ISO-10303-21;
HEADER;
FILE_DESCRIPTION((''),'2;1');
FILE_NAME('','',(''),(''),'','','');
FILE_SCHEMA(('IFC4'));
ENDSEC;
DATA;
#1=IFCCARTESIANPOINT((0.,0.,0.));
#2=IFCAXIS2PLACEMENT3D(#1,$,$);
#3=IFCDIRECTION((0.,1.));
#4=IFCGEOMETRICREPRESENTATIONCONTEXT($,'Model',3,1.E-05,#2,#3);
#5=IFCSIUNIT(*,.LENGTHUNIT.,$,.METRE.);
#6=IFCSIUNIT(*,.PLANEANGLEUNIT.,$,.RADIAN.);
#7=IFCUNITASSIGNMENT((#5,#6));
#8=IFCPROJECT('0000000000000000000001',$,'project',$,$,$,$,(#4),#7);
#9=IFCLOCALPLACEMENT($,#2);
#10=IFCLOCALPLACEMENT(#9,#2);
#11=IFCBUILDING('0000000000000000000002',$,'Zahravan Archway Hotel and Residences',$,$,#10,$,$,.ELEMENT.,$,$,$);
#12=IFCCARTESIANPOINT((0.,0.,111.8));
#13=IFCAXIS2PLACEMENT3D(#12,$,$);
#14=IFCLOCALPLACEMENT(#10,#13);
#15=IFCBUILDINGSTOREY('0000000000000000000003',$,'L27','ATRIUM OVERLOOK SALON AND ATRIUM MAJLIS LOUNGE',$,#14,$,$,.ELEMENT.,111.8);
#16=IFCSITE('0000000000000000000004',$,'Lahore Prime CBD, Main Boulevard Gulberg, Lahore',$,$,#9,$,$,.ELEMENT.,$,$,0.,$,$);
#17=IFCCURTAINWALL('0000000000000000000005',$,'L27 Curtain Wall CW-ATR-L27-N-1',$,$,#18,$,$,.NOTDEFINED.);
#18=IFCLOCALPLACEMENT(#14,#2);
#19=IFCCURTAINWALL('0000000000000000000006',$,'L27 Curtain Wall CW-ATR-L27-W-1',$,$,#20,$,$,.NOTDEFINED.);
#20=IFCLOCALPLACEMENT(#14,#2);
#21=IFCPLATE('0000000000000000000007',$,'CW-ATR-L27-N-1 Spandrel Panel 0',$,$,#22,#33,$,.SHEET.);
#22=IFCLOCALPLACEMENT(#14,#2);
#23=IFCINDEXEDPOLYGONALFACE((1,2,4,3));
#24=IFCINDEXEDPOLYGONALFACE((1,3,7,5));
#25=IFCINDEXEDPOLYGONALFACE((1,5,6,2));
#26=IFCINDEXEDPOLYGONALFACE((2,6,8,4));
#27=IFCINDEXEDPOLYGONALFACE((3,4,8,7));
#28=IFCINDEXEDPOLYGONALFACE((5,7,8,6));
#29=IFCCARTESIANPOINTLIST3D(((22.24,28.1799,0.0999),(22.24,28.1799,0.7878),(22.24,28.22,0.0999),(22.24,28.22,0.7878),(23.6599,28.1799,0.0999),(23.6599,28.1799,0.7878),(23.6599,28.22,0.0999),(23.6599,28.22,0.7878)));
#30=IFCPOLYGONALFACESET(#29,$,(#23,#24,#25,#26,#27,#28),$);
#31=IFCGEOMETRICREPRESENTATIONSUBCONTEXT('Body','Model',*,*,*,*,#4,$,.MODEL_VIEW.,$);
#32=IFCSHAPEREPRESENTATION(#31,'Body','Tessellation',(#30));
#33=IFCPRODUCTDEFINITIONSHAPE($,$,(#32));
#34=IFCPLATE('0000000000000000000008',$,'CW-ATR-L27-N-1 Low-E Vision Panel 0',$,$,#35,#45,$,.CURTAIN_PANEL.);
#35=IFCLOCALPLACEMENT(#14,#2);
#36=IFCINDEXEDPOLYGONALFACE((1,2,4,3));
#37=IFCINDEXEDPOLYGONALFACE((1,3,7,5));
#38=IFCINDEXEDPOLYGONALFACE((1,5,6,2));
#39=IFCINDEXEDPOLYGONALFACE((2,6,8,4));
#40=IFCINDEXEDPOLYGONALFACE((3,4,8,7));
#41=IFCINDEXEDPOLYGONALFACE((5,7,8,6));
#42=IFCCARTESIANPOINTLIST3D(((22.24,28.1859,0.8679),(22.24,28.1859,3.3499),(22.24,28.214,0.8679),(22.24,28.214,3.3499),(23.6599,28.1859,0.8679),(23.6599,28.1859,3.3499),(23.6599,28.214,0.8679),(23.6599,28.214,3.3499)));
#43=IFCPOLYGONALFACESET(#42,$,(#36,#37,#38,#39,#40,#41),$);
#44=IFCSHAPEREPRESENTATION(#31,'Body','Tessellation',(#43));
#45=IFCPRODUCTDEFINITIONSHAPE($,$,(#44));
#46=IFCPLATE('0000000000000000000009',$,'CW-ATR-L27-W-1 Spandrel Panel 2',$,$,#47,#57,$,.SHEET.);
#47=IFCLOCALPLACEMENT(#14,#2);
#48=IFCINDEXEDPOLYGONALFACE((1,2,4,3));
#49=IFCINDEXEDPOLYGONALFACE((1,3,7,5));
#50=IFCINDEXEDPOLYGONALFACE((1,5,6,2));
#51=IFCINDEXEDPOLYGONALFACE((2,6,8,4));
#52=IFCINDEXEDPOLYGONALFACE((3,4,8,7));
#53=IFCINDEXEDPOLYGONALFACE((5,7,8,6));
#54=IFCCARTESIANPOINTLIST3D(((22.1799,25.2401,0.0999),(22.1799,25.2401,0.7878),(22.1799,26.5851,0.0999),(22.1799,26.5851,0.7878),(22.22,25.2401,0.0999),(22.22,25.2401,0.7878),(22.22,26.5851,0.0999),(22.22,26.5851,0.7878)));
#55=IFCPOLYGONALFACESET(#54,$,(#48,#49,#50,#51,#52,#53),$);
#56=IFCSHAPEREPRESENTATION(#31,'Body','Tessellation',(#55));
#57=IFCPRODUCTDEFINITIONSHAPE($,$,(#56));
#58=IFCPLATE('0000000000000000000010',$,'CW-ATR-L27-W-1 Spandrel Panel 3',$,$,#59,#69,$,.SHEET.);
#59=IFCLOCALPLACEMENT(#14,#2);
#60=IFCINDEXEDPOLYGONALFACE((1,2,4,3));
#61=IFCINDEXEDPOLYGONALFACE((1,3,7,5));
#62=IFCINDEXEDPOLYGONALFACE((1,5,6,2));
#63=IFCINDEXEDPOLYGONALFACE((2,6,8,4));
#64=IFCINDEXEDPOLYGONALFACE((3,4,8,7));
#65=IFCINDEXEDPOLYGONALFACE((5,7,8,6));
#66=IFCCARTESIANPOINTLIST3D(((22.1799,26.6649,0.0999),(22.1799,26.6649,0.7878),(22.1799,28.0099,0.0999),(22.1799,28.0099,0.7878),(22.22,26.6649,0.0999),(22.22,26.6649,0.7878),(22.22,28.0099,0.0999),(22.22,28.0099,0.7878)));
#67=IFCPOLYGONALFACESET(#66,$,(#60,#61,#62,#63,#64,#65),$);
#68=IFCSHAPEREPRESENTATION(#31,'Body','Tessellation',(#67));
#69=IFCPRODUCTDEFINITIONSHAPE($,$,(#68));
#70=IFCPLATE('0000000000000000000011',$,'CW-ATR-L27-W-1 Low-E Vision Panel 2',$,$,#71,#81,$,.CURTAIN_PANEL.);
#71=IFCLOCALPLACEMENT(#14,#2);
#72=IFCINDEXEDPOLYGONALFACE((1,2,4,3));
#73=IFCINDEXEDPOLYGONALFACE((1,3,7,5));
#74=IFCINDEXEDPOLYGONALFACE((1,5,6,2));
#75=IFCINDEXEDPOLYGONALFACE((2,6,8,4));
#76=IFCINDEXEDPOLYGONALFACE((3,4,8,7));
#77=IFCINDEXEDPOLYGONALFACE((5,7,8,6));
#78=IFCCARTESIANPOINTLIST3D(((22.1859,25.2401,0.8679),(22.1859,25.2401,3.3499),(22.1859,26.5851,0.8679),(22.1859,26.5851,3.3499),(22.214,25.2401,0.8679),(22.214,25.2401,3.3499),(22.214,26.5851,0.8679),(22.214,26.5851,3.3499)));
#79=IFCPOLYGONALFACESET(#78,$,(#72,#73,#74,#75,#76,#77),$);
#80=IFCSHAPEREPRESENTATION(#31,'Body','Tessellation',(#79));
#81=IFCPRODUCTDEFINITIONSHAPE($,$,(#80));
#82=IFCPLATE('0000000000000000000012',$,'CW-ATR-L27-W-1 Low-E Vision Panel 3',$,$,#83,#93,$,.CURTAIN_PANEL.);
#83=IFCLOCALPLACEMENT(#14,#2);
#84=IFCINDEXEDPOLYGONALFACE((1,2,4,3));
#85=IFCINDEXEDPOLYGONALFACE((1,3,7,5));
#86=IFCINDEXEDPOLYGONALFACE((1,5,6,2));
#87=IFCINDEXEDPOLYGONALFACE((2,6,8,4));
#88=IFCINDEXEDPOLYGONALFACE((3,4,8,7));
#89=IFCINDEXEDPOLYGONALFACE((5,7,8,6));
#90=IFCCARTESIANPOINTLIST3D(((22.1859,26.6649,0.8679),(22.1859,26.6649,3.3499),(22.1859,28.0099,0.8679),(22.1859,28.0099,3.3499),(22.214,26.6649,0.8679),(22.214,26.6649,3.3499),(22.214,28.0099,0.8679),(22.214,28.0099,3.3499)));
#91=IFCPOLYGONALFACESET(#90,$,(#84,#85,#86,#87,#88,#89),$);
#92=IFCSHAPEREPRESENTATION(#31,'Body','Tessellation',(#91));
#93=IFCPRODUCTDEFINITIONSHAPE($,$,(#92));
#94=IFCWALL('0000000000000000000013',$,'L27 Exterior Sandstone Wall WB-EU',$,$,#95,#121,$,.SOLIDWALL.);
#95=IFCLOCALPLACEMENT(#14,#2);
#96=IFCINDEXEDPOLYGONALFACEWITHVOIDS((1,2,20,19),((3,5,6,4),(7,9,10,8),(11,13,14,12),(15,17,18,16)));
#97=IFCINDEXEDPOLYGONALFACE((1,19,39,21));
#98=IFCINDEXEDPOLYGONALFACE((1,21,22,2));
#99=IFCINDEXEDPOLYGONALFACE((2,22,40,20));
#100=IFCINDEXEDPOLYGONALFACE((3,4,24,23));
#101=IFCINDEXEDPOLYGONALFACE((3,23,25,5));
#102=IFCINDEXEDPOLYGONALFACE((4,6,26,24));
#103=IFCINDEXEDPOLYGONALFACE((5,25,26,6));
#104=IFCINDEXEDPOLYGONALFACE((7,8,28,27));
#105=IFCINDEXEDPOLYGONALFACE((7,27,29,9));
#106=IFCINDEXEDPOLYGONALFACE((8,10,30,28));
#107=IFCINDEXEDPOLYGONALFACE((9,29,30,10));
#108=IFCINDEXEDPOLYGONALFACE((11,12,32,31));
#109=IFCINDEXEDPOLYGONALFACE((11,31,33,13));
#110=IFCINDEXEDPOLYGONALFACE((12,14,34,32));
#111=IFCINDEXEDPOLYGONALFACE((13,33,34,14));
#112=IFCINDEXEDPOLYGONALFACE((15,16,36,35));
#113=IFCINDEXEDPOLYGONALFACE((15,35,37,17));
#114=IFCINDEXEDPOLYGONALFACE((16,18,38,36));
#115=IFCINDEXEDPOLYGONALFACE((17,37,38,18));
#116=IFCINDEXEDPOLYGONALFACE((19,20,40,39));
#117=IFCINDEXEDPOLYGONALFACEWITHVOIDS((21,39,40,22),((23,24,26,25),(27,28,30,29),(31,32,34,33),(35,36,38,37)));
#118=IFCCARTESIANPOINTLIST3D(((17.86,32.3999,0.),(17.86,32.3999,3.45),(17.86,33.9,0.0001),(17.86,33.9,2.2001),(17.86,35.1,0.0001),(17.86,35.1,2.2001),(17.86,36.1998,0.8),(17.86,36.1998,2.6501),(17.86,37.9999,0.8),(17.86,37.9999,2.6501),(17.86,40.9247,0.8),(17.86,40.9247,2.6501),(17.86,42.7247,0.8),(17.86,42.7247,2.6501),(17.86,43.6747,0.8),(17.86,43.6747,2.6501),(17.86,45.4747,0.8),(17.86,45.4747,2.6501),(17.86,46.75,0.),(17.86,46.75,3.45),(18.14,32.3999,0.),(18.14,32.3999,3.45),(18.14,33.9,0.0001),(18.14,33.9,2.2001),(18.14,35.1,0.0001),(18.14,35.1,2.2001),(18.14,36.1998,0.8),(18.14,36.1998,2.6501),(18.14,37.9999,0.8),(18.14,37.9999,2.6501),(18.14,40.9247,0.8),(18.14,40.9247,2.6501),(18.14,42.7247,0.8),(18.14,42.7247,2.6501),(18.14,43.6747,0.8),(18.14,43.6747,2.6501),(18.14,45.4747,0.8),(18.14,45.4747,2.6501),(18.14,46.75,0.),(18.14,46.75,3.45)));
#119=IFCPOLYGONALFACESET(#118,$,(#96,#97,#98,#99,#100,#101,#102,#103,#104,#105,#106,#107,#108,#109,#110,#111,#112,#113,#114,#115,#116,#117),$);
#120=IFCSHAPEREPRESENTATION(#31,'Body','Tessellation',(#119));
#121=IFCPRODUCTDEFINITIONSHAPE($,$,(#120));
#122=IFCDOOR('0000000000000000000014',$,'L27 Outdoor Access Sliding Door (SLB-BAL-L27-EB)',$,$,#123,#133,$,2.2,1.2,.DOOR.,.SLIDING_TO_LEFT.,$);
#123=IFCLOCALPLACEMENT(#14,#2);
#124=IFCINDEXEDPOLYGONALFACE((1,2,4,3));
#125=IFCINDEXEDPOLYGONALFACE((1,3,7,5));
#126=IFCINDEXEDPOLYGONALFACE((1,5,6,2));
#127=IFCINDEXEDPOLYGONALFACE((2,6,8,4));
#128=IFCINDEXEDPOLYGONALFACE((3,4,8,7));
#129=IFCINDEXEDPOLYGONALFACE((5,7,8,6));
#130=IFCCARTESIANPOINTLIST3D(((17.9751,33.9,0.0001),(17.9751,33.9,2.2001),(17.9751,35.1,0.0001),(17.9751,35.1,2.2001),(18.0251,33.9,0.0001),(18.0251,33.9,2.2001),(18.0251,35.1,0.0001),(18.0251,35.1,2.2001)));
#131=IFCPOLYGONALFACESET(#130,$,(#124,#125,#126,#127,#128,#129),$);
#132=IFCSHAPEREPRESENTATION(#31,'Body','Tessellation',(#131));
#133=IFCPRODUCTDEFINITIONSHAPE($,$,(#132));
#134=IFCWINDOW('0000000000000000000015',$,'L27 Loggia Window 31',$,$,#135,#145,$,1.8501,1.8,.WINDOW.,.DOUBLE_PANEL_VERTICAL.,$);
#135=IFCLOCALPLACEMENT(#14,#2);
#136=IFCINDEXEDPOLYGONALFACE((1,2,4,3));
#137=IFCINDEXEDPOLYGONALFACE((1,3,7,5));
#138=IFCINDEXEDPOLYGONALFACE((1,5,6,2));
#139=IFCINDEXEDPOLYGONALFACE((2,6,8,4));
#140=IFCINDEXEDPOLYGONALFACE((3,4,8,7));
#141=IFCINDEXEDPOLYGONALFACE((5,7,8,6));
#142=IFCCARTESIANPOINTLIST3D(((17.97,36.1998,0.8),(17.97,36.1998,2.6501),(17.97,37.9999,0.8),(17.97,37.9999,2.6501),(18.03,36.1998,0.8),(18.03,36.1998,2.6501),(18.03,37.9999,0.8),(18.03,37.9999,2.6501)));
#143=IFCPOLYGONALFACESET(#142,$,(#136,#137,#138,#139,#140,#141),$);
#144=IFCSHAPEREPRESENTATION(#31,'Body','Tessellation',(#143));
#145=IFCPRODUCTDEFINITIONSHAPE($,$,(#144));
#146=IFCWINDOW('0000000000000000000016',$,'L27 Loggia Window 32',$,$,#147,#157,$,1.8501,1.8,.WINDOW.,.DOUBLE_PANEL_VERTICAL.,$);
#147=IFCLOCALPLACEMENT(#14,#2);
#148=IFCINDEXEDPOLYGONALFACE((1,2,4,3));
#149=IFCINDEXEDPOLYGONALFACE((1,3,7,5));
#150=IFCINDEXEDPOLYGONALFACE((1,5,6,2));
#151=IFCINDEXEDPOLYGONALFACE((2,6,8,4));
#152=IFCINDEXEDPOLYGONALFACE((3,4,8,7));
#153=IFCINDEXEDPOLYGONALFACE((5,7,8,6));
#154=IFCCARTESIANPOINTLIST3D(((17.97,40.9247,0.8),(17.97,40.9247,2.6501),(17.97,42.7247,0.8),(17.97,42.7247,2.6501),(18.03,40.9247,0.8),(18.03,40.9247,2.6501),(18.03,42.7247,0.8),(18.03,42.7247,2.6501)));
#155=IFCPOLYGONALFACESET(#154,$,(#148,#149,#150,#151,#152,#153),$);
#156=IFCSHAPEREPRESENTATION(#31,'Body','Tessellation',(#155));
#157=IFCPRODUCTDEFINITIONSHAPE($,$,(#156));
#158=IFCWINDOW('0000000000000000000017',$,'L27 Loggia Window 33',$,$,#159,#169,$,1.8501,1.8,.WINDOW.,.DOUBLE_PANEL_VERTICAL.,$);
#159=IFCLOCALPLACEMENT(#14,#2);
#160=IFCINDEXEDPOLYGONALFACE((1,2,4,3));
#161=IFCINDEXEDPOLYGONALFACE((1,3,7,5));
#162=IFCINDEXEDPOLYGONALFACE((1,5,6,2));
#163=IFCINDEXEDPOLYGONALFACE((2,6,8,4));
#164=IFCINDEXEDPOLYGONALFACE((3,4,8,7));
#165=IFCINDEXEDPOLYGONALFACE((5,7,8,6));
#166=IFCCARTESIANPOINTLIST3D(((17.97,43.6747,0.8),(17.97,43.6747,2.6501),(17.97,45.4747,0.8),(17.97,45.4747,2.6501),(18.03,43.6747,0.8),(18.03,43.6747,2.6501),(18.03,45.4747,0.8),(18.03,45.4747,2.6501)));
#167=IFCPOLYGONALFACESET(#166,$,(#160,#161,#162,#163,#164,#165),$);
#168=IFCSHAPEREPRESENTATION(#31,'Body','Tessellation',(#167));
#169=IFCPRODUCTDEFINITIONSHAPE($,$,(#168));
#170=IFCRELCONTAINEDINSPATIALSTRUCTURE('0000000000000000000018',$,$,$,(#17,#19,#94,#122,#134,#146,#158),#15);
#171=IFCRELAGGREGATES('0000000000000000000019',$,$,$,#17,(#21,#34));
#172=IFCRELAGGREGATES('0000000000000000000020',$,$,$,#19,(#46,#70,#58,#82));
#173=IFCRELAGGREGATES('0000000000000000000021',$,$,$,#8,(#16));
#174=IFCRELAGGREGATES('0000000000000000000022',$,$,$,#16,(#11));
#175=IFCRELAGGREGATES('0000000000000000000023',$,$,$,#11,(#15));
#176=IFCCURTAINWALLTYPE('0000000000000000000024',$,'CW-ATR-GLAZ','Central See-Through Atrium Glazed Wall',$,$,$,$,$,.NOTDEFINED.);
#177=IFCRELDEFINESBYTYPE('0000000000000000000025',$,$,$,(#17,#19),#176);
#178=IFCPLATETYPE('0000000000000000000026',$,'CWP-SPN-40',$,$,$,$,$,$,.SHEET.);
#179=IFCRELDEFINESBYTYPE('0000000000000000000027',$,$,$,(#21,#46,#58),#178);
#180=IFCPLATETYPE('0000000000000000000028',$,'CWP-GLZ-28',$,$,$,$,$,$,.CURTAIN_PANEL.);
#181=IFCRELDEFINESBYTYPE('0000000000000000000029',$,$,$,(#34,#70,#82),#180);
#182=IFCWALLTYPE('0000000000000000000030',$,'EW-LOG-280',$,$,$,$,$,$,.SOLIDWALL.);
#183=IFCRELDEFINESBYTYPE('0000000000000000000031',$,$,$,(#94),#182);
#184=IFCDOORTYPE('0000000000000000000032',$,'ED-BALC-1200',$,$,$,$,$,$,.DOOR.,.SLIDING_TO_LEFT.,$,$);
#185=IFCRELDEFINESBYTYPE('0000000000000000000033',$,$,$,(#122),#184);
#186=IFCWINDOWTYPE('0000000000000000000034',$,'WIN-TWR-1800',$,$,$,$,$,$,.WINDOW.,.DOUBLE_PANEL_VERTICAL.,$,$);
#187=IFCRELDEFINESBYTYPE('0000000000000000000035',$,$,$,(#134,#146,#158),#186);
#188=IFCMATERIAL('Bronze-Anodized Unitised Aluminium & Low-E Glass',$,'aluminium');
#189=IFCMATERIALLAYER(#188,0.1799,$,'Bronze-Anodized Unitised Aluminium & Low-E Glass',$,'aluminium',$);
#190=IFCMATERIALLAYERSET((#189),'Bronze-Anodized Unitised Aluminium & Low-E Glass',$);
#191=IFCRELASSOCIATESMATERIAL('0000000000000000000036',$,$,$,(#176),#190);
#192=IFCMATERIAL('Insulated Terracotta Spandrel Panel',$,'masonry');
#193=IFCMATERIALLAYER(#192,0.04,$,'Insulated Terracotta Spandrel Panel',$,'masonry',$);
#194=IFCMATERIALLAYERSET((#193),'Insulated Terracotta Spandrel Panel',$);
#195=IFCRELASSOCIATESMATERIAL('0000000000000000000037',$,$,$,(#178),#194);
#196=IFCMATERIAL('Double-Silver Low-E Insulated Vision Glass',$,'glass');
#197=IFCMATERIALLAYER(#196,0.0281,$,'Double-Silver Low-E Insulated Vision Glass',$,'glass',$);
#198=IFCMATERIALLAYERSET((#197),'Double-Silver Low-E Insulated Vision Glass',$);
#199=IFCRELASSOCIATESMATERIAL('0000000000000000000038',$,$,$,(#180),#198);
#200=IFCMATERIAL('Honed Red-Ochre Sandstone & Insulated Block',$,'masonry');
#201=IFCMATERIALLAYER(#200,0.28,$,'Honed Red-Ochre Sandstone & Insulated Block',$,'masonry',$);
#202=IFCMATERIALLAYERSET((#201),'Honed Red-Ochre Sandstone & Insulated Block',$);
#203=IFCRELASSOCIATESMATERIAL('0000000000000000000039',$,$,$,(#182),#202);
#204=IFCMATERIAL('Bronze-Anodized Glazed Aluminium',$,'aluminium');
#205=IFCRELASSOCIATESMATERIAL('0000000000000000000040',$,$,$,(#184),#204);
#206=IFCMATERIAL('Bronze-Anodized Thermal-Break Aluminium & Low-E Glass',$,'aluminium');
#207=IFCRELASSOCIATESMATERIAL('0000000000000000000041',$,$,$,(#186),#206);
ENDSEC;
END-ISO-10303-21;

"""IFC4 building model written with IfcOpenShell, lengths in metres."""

from ifc_helpers import new_model, si_unit, direction, frame, frame_2d, origin, origin_2d, place, context, subcontext, project, spatial, rectangle, extrude, source, transform, mapped, material, layer, layer_set, type_object, type_shapes, element, fill, aggregate, save


model = new_model("IFC4")

# Units and contexts
model_context = context("Model", 3, precision=1e-05, world=origin(), true_north=direction((0.0, 1.0)))
body_context = subcontext(model_context, "Body", "Model", "MODEL_VIEW")
ifc_project = project(units=[si_unit("LENGTHUNIT", "METRE"), si_unit("PLANEANGLEUNIT", "RADIAN")], contexts=[model_context])

# Site, building, storey
site_placement = place(None, origin())
site = spatial("IfcSite", under=ifc_project, at=site_placement, Name="Lahore Prime CBD, Main Boulevard Gulberg, Lahore", CompositionType="ELEMENT", RefElevation=0.0)
building_placement = place(site_placement, origin())
building = spatial("IfcBuilding", under=site, at=building_placement, Name="Zahravan Archway Hotel and Residences", CompositionType="ELEMENT")
storey_placement = place(building_placement, frame((0.0, 0.0, 111.8)))
storey = spatial("IfcBuildingStorey", under=building, at=storey_placement, Name="L27", Description="ATRIUM OVERLOOK SALON AND ATRIUM MAJLIS LOUNGE", CompositionType="ELEMENT", Elevation=111.8)

# Curtain walls
ifc_material_1 = material(Name="Bronze-Anodized Unitised Aluminium & Low-E Glass", Category="aluminium")
ifc_layer_1 = layer(ifc_material_1, 0.1799, Name="Bronze-Anodized Unitised Aluminium & Low-E Glass", Category="aluminium")
ifc_layer_set_1 = layer_set([ifc_layer_1], Name="Bronze-Anodized Unitised Aluminium & Low-E Glass")
curtain_wall_type = type_object("IfcCurtainWallType", Name="CW-ATR-GLAZ", Description="Central See-Through Atrium Glazed Wall", PredefinedType="NOTDEFINED", material=ifc_layer_set_1)
curtain_wall_1_placement = place(storey_placement, origin())
curtain_wall_1 = element("IfcCurtainWall", 1, at=curtain_wall_1_placement, inside=storey, type_object=curtain_wall_type, Name="L27 Curtain Wall CW-ATR-L27-N-1", PredefinedType="NOTDEFINED")
curtain_wall_2_placement = place(storey_placement, origin())
curtain_wall_2 = element("IfcCurtainWall", 2, at=curtain_wall_2_placement, inside=storey, type_object=curtain_wall_type, Name="L27 Curtain Wall CW-ATR-L27-W-1", PredefinedType="NOTDEFINED")

# Plates
ifc_material_2 = material(Name="Insulated Terracotta Spandrel Panel", Category="masonry")
ifc_layer_2 = layer(ifc_material_2, 0.04, Name="Insulated Terracotta Spandrel Panel", Category="masonry")
ifc_layer_set_2 = layer_set([ifc_layer_2], Name="Insulated Terracotta Spandrel Panel")
plate_type_1 = type_object("IfcPlateType", Name="CWP-SPN-40", PredefinedType="SHEET", material=ifc_layer_set_2)
ifc_material_3 = material(Name="Double-Silver Low-E Insulated Vision Glass", Category="glass")
ifc_layer_3 = layer(ifc_material_3, 0.0281, Name="Double-Silver Low-E Insulated Vision Glass", Category="glass")
ifc_layer_set_3 = layer_set([ifc_layer_3], Name="Double-Silver Low-E Insulated Vision Glass")
plate_type_2 = type_object("IfcPlateType", Name="CWP-GLZ-28", PredefinedType="CURTAIN_PANEL", material=ifc_layer_set_3)
shared_shape_1 = source(origin(), body_context, "Body", "SweptSolid", [
    extrude(rectangle(XDim=1.4199, YDim=0.04, at=origin_2d()), origin(), (0.0, 0.0, 1.0), 0.688),
])
plate_1_placement = place(storey_placement, frame((22.95, 28.2, 0.0999), z_axis=(0.0, 0.0, 1.0), x_axis=(1.0, 0.0, 0.0)))
plate_1 = element("IfcPlate", 3, at=plate_1_placement, type_object=plate_type_1, Name="CW-ATR-L27-N-1 Spandrel Panel 0", PredefinedType="SHEET", context=body_context, shape_type="MappedRepresentation", body=[
    mapped(shared_shape_1, transform((0.0, 0.0, 0.0), scale=1.0)),
])
shared_shape_2 = source(origin(), body_context, "Body", "SweptSolid", [
    extrude(rectangle(XDim=1.4199, YDim=0.0281, at=origin_2d()), origin(), (0.0, 0.0, 1.0), 2.4819),
])
plate_2_placement = place(storey_placement, frame((22.95, 28.2, 0.8679), z_axis=(0.0, 0.0, 1.0), x_axis=(1.0, 0.0, 0.0)))
plate_2 = element("IfcPlate", 4, at=plate_2_placement, type_object=plate_type_2, Name="CW-ATR-L27-N-1 Low-E Vision Panel 0", PredefinedType="CURTAIN_PANEL", context=body_context, shape_type="MappedRepresentation", body=[
    mapped(shared_shape_2, transform((0.0, 0.0, 0.0), scale=1.0)),
])
aggregate(curtain_wall_1, [plate_1, plate_2])
shared_shape_3 = source(origin(), body_context, "Body", "SweptSolid", [
    extrude(rectangle(XDim=1.345, YDim=0.04, at=origin_2d()), origin(), (0.0, 0.0, 1.0), 0.688),
])
plate_3_placement = place(storey_placement, frame((22.2, 25.9126, 0.0999), z_axis=(0.0, 0.0, 1.0), x_axis=(0.0, 1.0, 0.0)))
plate_3 = element("IfcPlate", 5, at=plate_3_placement, type_object=plate_type_1, Name="CW-ATR-L27-W-1 Spandrel Panel 2", PredefinedType="SHEET", context=body_context, shape_type="MappedRepresentation", body=[
    mapped(shared_shape_3, transform((0.0, 0.0, 0.0), scale=1.0)),
])
plate_4_placement = place(storey_placement, frame((22.2, 27.3374, 0.0999), z_axis=(0.0, 0.0, 1.0), x_axis=(0.0, 1.0, 0.0)))
plate_4 = element("IfcPlate", 6, at=plate_4_placement, type_object=plate_type_1, Name="CW-ATR-L27-W-1 Spandrel Panel 3", PredefinedType="SHEET", context=body_context, shape_type="MappedRepresentation", body=[
    mapped(shared_shape_3, transform((0.0, 0.0, 0.0), scale=1.0)),
])
shared_shape_4 = source(origin(), body_context, "Body", "SweptSolid", [
    extrude(rectangle(XDim=1.345, YDim=0.0281, at=origin_2d()), origin(), (0.0, 0.0, 1.0), 2.4819),
])
plate_5_placement = place(storey_placement, frame((22.2, 25.9126, 0.8679), z_axis=(0.0, 0.0, 1.0), x_axis=(0.0, 1.0, 0.0)))
plate_5 = element("IfcPlate", 7, at=plate_5_placement, type_object=plate_type_2, Name="CW-ATR-L27-W-1 Low-E Vision Panel 2", PredefinedType="CURTAIN_PANEL", context=body_context, shape_type="MappedRepresentation", body=[
    mapped(shared_shape_4, transform((0.0, 0.0, 0.0), scale=1.0)),
])
plate_6_placement = place(storey_placement, frame((22.2, 27.3374, 0.8679), z_axis=(0.0, 0.0, 1.0), x_axis=(0.0, 1.0, 0.0)))
plate_6 = element("IfcPlate", 8, at=plate_6_placement, type_object=plate_type_2, Name="CW-ATR-L27-W-1 Low-E Vision Panel 3", PredefinedType="CURTAIN_PANEL", context=body_context, shape_type="MappedRepresentation", body=[
    mapped(shared_shape_4, transform((0.0, 0.0, 0.0), scale=1.0)),
])
aggregate(curtain_wall_2, [plate_3, plate_5, plate_4, plate_6])

# Wall, openings, door, windows
ifc_material_4 = material(Name="Honed Red-Ochre Sandstone & Insulated Block", Category="masonry")
ifc_layer_4 = layer(ifc_material_4, 0.28, Name="Honed Red-Ochre Sandstone & Insulated Block", Category="masonry")
ifc_layer_set_4 = layer_set([ifc_layer_4], Name="Honed Red-Ochre Sandstone & Insulated Block")
wall_type = type_object("IfcWallType", Name="EW-LOG-280", PredefinedType="SOLIDWALL", material=ifc_layer_set_4)
wall_placement = place(storey_placement, frame((18.0, 32.3999, 0.0), z_axis=(0.0, 0.0, 1.0), x_axis=(0.0, 1.0, 0.0)))
wall = element("IfcWall", 9, at=wall_placement, inside=storey, type_object=wall_type, Name="L27 Exterior Sandstone Wall WB-EU", PredefinedType="SOLIDWALL", context=body_context, shape_type="SweptSolid", body=[
    extrude(rectangle(XDim=14.3501, YDim=0.28, at=frame_2d((7.175, 0.0))), origin(), (0.0, 0.0, 1.0), 3.45),
])
opening_1_placement = place(wall_placement, frame((1.5, 0.0, 0.0)))
opening_1 = element("IfcOpeningElement", 10, at=opening_1_placement, cuts=wall, PredefinedType="OPENING", context=body_context, shape_type="SweptSolid", body=[
    extrude(rectangle(XDim=1.2, YDim=2.2, at=frame_2d((0.6001, 1.1001))), frame((0.0, 0.1499, 0.0), z_axis=(0.0, -1.0, 0.0), x_axis=(1.0, 0.0, 0.0)), (0.0, 0.0, 1.0), 0.3),
])
opening_2_placement = place(wall_placement, frame((3.8, 0.0, 0.8)))
opening_2 = element("IfcOpeningElement", 11, at=opening_2_placement, cuts=wall, PredefinedType="OPENING", context=body_context, shape_type="SweptSolid", body=[
    extrude(rectangle(XDim=1.8, YDim=1.8501, at=frame_2d((0.8999, 0.925))), frame((0.0, 0.1499, 0.0), z_axis=(0.0, -1.0, 0.0), x_axis=(1.0, 0.0, 0.0)), (0.0, 0.0, 1.0), 0.3),
])
opening_3_placement = place(wall_placement, frame((8.5249, 0.0, 0.8)))
opening_3 = element("IfcOpeningElement", 12, at=opening_3_placement, cuts=wall, PredefinedType="OPENING", context=body_context, shape_type="SweptSolid", body=[
    extrude(rectangle(XDim=1.8, YDim=1.8501, at=frame_2d((0.8999, 0.925))), frame((0.0, 0.1499, 0.0), z_axis=(0.0, -1.0, 0.0), x_axis=(1.0, 0.0, 0.0)), (0.0, 0.0, 1.0), 0.3),
])
opening_4_placement = place(wall_placement, frame((11.2749, 0.0, 0.8)))
opening_4 = element("IfcOpeningElement", 13, at=opening_4_placement, cuts=wall, PredefinedType="OPENING", context=body_context, shape_type="SweptSolid", body=[
    extrude(rectangle(XDim=1.8, YDim=1.8501, at=frame_2d((0.8999, 0.925))), frame((0.0, 0.1499, 0.0), z_axis=(0.0, -1.0, 0.0), x_axis=(1.0, 0.0, 0.0)), (0.0, 0.0, 1.0), 0.3),
])
ifc_material_5 = material(Name="Bronze-Anodized Glazed Aluminium", Category="aluminium")
door_type = type_object("IfcDoorType", Name="ED-BALC-1200", OperationType="SLIDING_TO_LEFT", PredefinedType="DOOR", material=ifc_material_5)
shared_shape_5 = source(origin(), body_context, "Body", "SweptSolid", [
    extrude(rectangle(XDim=1.2, YDim=2.2, at=frame_2d((0.6001, 1.1001))), frame((0.0, 0.0249, 0.0), z_axis=(0.0, -1.0, 0.0), x_axis=(1.0, 0.0, 0.0)), (0.0, 0.0, 1.0), 0.05),
])
type_shapes(door_type, [shared_shape_5])
door_placement = place(opening_1_placement, origin())
door = element("IfcDoor", 14, at=door_placement, inside=storey, type_object=door_type, Name="L27 Outdoor Access Sliding Door (SLB-BAL-L27-EB)", OperationType="SLIDING_TO_LEFT", OverallHeight=2.2, OverallWidth=1.2, PredefinedType="DOOR", context=body_context, shape_type="MappedRepresentation", body=[
    mapped(shared_shape_5, transform((0.0, 0.0, 0.0), scale=1.0)),
])
fill(opening_1, door)
ifc_material_6 = material(Name="Bronze-Anodized Thermal-Break Aluminium & Low-E Glass", Category="aluminium")
window_type = type_object("IfcWindowType", Name="WIN-TWR-1800", PartitioningType="DOUBLE_PANEL_VERTICAL", PredefinedType="WINDOW", material=ifc_material_6)
shared_shape_6 = source(origin(), body_context, "Body", "SweptSolid", [
    extrude(rectangle(XDim=1.8, YDim=1.8501, at=frame_2d((0.8999, 0.925))), frame((0.0, 0.03, 0.0), z_axis=(0.0, -1.0, 0.0), x_axis=(1.0, 0.0, 0.0)), (0.0, 0.0, 1.0), 0.0601),
])
type_shapes(window_type, [shared_shape_6])
window_1_placement = place(opening_2_placement, origin())
window_1 = element("IfcWindow", 15, at=window_1_placement, inside=storey, type_object=window_type, Name="L27 Loggia Window 31", OverallHeight=1.8501, OverallWidth=1.8, PartitioningType="DOUBLE_PANEL_VERTICAL", PredefinedType="WINDOW", context=body_context, shape_type="MappedRepresentation", body=[
    mapped(shared_shape_6, transform((0.0, 0.0, 0.0), scale=1.0)),
])
fill(opening_2, window_1)
window_2_placement = place(opening_3_placement, origin())
window_2 = element("IfcWindow", 16, at=window_2_placement, inside=storey, type_object=window_type, Name="L27 Loggia Window 32", OverallHeight=1.8501, OverallWidth=1.8, PartitioningType="DOUBLE_PANEL_VERTICAL", PredefinedType="WINDOW", context=body_context, shape_type="MappedRepresentation", body=[
    mapped(shared_shape_6, transform((0.0, 0.0, 0.0), scale=1.0)),
])
fill(opening_3, window_2)
window_3_placement = place(opening_4_placement, origin())
window_3 = element("IfcWindow", 17, at=window_3_placement, inside=storey, type_object=window_type, Name="L27 Loggia Window 33", OverallHeight=1.8501, OverallWidth=1.8, PartitioningType="DOUBLE_PANEL_VERTICAL", PredefinedType="WINDOW", context=body_context, shape_type="MappedRepresentation", body=[
    mapped(shared_shape_6, transform((0.0, 0.0, 0.0), scale=1.0)),
])
fill(opening_4, window_3)

save(model, "model.ifc")
